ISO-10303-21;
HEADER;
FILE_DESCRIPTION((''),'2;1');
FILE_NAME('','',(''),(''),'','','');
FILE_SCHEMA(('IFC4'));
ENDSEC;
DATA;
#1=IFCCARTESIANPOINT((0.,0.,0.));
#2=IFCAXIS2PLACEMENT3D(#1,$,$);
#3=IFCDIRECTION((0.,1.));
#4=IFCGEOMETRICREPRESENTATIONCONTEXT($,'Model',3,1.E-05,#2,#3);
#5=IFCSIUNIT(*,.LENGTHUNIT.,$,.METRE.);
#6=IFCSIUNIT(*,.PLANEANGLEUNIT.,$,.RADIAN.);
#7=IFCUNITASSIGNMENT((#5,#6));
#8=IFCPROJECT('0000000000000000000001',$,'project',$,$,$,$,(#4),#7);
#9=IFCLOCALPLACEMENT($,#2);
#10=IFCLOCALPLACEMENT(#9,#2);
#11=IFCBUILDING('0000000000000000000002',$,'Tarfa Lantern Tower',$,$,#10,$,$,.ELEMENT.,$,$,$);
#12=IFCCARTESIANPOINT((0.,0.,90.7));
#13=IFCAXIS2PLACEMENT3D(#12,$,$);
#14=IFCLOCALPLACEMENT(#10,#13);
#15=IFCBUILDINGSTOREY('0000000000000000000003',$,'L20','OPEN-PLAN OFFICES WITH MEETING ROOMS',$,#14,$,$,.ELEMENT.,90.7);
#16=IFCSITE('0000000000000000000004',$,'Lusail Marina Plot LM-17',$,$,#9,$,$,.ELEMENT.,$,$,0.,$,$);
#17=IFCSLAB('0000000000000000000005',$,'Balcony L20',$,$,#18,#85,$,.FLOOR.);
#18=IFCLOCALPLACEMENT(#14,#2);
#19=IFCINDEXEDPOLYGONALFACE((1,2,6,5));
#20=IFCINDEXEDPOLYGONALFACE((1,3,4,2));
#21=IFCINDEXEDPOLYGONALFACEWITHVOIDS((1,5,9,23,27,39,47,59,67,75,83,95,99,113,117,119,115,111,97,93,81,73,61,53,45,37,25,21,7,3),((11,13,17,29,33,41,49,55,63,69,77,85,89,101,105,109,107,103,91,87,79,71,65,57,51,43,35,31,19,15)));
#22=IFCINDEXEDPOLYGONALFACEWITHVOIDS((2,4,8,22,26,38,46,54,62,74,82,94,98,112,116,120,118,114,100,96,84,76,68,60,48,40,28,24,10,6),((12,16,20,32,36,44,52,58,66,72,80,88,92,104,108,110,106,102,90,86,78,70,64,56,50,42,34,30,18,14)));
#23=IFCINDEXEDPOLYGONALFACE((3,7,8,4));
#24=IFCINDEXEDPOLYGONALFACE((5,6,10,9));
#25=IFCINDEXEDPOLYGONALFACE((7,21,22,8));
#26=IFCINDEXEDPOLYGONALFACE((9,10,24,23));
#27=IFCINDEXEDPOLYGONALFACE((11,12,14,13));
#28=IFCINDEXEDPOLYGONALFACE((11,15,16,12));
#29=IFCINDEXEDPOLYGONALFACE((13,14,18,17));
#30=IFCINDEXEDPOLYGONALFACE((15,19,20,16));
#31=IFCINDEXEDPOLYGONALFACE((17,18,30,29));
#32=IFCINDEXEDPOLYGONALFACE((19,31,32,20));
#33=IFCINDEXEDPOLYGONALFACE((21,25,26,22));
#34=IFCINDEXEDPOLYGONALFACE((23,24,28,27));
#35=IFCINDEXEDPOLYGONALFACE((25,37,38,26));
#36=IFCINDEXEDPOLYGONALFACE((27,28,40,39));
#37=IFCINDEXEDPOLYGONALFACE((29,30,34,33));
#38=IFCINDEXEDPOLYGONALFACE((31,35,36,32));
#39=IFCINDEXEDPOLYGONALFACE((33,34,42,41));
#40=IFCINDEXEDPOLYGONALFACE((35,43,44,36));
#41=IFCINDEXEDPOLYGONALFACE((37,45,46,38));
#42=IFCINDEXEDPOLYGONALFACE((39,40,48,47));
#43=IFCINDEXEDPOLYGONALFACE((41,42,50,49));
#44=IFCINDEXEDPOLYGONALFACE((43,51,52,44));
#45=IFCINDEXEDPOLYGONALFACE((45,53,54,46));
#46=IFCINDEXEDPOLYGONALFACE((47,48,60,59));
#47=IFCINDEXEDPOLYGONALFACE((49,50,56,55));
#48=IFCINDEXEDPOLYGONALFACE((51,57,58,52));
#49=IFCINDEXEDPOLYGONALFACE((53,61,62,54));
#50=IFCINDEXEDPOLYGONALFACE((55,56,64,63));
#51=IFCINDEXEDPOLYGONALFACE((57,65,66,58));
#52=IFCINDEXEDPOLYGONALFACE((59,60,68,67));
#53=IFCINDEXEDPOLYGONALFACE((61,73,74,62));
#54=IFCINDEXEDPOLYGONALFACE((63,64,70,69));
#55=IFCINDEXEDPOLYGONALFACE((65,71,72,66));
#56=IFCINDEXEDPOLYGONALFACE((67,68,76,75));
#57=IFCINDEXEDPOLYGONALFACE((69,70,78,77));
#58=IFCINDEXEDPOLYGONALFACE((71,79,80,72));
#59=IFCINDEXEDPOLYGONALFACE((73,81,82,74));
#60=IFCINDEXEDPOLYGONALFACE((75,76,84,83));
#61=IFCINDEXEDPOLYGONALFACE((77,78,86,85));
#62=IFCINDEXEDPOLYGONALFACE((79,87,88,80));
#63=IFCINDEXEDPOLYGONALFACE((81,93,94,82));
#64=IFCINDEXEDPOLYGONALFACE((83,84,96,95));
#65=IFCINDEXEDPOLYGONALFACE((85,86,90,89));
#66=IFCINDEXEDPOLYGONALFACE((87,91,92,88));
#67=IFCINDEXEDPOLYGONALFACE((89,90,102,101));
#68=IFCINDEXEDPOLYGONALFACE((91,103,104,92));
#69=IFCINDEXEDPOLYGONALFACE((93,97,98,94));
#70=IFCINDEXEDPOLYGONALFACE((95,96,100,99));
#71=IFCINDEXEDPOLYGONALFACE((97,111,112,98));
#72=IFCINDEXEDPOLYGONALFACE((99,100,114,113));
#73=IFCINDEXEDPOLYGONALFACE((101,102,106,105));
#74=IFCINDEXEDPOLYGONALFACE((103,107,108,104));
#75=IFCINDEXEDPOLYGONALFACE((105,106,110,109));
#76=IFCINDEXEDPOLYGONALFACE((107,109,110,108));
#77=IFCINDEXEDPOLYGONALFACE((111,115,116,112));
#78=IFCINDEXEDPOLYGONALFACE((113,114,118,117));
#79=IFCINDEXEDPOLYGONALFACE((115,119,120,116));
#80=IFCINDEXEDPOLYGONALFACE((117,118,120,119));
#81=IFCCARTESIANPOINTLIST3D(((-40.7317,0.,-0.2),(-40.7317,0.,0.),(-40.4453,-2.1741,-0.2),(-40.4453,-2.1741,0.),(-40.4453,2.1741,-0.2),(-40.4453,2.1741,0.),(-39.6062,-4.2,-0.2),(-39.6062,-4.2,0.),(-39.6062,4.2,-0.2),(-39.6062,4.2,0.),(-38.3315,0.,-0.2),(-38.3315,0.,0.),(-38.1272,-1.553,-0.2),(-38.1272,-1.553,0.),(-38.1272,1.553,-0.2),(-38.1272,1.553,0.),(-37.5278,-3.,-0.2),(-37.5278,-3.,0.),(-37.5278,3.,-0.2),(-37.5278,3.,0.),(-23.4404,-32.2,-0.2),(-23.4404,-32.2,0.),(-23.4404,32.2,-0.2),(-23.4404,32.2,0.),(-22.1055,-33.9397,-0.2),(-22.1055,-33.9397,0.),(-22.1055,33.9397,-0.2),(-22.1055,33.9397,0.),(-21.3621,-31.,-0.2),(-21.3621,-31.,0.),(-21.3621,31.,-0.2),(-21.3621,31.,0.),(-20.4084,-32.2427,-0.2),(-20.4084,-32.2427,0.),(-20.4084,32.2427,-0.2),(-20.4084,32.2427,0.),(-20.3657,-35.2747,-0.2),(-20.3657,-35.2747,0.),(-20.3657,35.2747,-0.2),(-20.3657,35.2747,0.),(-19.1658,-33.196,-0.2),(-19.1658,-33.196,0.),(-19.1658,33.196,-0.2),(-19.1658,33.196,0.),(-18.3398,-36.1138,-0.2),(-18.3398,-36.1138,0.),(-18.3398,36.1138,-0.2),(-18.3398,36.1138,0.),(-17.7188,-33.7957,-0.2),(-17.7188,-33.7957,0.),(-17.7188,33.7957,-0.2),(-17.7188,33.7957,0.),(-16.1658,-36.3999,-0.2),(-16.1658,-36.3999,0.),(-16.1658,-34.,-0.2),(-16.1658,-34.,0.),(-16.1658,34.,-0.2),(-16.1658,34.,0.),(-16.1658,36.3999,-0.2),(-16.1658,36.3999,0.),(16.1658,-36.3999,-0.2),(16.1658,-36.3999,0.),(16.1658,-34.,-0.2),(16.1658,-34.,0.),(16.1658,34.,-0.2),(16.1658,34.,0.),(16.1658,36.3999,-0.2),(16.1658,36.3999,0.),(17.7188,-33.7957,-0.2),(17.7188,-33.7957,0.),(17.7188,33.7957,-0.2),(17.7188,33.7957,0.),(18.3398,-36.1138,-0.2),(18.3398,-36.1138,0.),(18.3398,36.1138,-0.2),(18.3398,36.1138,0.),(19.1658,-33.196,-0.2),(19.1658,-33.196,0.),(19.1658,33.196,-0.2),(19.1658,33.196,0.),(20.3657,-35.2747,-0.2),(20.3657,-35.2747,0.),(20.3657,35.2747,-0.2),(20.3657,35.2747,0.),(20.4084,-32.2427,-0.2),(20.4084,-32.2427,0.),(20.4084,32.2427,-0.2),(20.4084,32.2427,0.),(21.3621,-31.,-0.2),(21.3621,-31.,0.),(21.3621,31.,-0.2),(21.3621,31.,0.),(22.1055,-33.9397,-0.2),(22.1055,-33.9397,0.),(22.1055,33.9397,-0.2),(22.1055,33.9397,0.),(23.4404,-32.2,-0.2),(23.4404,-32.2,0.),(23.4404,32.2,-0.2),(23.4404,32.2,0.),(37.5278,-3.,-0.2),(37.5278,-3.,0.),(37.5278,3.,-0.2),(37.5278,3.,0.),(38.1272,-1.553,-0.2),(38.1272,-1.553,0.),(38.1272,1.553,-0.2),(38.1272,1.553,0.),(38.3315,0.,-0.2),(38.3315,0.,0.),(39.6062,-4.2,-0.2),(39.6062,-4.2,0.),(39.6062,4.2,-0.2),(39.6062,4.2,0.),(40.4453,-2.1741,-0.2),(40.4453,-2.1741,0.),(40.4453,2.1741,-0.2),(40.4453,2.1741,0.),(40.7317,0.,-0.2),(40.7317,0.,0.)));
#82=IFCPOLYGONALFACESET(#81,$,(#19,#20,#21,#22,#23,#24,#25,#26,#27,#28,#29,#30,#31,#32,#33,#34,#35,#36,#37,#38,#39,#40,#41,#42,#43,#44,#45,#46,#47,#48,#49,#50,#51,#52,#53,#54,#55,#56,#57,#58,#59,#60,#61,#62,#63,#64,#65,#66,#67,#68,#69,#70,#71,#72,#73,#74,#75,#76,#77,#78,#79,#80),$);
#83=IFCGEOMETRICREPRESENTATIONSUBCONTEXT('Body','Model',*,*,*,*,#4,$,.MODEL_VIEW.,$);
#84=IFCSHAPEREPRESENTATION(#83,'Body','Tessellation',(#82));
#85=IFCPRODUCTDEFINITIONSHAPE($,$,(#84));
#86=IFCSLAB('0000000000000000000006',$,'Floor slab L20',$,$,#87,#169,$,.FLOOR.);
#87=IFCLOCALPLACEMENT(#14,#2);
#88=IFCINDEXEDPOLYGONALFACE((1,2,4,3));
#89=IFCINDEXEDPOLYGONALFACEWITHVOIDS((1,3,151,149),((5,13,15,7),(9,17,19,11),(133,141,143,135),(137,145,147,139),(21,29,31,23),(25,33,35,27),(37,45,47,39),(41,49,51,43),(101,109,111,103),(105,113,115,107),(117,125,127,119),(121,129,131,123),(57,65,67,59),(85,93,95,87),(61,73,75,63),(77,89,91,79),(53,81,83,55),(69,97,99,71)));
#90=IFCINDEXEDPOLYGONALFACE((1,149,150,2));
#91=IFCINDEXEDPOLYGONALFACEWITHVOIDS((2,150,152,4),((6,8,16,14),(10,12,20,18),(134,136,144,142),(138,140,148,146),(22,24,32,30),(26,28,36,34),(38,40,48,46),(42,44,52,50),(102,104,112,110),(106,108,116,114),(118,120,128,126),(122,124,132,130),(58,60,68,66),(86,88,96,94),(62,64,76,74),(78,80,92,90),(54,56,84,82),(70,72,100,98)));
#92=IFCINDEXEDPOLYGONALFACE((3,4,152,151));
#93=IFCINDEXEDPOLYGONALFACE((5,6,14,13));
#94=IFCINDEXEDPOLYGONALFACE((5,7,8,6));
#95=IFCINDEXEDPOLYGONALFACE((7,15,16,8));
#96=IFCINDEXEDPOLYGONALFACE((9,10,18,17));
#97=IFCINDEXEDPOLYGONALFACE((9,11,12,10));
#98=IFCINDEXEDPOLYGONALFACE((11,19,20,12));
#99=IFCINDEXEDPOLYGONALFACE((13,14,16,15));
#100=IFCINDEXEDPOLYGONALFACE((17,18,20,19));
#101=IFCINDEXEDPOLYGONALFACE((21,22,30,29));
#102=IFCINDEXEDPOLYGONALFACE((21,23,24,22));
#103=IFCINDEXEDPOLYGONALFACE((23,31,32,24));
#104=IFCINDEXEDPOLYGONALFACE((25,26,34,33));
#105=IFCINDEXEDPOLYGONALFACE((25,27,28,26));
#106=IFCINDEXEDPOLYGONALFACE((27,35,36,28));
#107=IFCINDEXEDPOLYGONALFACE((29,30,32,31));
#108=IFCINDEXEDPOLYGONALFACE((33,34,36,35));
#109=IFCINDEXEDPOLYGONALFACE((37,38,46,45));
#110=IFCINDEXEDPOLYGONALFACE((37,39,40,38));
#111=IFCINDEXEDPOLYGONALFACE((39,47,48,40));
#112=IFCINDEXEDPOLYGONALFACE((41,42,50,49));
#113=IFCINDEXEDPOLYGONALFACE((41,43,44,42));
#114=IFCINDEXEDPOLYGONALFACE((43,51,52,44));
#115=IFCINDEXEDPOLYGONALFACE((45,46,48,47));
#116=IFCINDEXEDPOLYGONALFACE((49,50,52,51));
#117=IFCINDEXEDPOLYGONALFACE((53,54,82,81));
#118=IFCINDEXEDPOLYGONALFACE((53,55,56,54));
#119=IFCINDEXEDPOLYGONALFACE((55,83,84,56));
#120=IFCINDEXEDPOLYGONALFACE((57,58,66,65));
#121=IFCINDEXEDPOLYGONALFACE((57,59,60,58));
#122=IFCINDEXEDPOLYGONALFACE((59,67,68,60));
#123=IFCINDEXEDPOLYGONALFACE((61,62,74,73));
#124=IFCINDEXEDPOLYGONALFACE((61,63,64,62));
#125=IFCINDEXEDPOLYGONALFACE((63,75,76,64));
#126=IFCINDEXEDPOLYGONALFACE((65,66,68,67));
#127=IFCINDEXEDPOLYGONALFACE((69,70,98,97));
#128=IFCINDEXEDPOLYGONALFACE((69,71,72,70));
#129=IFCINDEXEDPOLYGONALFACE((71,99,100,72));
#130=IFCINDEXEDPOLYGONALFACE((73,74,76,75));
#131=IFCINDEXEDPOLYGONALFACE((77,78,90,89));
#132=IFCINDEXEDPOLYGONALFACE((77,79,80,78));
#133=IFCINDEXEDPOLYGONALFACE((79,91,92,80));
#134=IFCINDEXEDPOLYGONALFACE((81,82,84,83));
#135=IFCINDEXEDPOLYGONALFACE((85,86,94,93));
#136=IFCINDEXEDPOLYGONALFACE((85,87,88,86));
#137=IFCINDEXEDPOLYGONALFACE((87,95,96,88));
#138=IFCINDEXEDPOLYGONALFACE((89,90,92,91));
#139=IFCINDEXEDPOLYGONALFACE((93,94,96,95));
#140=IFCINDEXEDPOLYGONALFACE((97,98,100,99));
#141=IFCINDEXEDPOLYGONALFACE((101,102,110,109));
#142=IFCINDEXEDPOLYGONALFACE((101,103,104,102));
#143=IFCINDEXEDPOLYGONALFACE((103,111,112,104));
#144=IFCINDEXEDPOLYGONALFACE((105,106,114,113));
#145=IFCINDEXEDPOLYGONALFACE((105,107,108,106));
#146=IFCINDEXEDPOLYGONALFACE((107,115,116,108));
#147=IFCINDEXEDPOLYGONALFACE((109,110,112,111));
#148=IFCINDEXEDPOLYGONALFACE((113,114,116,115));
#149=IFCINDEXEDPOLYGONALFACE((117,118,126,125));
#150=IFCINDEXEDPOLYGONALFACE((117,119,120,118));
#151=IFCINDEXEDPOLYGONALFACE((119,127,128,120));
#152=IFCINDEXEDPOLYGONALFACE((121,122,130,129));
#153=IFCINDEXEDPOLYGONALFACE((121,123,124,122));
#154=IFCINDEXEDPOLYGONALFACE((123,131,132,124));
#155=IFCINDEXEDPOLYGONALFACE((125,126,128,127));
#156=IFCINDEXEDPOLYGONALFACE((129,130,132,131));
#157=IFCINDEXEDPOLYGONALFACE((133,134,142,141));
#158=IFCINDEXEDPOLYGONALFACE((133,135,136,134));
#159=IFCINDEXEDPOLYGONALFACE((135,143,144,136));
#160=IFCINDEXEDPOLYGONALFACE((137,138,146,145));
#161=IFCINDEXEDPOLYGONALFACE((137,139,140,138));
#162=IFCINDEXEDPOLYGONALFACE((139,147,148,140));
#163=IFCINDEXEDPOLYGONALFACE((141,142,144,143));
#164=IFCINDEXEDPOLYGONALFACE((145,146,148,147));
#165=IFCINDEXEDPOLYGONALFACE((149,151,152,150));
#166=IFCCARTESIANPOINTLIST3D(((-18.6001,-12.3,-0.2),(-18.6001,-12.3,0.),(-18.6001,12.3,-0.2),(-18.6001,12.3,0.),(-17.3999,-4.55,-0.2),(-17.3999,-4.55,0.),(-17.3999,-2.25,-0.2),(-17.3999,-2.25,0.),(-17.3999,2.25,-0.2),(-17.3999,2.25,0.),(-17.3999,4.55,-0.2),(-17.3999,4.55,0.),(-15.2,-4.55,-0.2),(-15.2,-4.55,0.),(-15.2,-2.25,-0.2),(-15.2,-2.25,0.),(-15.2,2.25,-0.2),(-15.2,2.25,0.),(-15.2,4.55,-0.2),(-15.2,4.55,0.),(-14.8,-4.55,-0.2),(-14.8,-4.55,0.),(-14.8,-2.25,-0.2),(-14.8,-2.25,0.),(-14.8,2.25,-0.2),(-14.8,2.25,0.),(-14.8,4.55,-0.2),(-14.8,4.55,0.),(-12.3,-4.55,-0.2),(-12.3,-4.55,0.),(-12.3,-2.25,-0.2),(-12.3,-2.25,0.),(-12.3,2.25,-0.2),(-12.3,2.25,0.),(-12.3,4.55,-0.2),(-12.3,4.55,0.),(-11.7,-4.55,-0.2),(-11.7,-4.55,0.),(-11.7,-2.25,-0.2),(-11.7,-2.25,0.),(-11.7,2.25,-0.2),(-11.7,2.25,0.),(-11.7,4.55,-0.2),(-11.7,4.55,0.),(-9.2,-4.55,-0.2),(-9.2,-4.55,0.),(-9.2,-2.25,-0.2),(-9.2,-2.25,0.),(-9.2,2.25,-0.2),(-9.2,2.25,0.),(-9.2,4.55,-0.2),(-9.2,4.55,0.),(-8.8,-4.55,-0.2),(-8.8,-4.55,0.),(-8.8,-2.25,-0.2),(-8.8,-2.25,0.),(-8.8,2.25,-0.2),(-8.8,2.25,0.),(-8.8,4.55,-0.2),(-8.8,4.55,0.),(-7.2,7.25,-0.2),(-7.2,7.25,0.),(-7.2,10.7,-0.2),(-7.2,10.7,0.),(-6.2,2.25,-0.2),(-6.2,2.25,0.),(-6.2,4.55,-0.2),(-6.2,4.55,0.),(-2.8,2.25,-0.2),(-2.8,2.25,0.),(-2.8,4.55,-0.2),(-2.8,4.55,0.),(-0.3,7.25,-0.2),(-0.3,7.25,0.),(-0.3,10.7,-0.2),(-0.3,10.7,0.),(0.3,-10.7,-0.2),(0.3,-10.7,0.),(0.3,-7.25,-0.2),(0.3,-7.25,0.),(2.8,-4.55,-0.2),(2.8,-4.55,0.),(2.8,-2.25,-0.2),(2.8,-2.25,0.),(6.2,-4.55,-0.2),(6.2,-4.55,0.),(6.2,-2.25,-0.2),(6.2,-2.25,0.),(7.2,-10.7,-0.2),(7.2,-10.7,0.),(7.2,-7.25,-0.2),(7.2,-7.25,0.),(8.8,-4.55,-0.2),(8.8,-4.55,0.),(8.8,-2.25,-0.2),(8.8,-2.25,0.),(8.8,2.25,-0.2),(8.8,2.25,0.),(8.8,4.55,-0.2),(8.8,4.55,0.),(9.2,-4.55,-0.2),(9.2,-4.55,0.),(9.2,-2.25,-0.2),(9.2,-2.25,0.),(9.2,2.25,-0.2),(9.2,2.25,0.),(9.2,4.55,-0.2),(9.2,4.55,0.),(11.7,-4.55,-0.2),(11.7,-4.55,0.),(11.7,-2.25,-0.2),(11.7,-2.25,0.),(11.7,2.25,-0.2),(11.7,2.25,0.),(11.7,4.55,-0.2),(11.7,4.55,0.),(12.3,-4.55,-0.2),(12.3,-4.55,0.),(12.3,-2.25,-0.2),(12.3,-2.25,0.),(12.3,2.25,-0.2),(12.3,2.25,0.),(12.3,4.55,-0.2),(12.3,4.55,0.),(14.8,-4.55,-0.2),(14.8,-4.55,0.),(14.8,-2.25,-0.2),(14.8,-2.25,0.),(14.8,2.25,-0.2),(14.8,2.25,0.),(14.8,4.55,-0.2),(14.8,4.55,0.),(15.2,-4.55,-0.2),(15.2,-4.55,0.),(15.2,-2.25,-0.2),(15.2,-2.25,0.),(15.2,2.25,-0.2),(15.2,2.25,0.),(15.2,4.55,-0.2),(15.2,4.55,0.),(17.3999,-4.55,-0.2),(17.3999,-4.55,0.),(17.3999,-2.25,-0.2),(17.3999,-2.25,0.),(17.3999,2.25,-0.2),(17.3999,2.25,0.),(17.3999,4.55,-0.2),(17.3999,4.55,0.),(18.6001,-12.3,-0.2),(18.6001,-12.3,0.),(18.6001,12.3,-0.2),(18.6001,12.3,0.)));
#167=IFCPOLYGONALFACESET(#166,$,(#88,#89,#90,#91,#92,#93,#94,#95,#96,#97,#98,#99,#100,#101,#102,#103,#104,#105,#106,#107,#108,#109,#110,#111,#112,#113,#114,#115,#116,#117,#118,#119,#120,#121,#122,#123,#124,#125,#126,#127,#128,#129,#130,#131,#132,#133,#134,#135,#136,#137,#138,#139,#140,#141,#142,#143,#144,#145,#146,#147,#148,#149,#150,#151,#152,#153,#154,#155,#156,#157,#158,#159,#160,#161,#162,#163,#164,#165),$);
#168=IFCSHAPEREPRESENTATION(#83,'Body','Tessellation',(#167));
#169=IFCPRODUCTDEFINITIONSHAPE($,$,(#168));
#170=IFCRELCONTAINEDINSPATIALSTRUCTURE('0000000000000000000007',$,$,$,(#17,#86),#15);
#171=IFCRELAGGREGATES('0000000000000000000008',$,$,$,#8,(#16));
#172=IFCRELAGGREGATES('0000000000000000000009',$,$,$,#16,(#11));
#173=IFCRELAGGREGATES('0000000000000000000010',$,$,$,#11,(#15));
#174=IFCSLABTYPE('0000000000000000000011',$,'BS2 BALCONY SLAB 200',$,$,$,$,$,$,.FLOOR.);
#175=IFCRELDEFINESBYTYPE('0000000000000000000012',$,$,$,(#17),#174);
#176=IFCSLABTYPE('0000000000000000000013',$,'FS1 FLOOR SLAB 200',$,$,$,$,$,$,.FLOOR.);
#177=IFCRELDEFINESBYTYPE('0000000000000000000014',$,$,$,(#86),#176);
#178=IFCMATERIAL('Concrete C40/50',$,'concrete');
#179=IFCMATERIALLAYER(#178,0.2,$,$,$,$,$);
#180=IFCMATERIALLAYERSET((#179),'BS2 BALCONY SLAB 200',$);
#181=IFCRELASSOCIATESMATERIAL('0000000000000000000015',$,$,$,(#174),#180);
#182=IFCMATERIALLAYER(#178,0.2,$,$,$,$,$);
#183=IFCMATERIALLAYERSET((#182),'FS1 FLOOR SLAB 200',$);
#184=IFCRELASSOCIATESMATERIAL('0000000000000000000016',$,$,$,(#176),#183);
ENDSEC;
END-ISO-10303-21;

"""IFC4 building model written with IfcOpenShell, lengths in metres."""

from ifc_helpers import new_model, si_unit, direction, frame, origin, place, context, subcontext, project, spatial, polyline, outline, extrude, material, layer, layer_set, type_object, element, save


model = new_model("IFC4")

# Units and contexts
model_context = context("Model", 3, precision=1e-05, world=origin(), true_north=direction((0.0, 1.0)))
body_context = subcontext(model_context, "Body", "Model", "MODEL_VIEW")
ifc_project = project(units=[si_unit("LENGTHUNIT", "METRE"), si_unit("PLANEANGLEUNIT", "RADIAN")], contexts=[model_context])

# Site, building, storey
site_placement = place(None, origin())
site = spatial("IfcSite", under=ifc_project, at=site_placement, Name="Lusail Marina Plot LM-17", CompositionType="ELEMENT", RefElevation=0.0)
building_placement = place(site_placement, origin())
building = spatial("IfcBuilding", under=site, at=building_placement, Name="Tarfa Lantern Tower", CompositionType="ELEMENT")
storey_placement = place(building_placement, frame((0.0, 0.0, 90.7)))
storey = spatial("IfcBuildingStorey", under=building, at=storey_placement, Name="L20", Description="OPEN-PLAN OFFICES WITH MEETING ROOMS", CompositionType="ELEMENT", Elevation=90.7)

# Slabs
ifc_material_1 = material(Name="Concrete C40/50", Category="concrete")
ifc_layer_1 = layer(ifc_material_1, 0.2)
ifc_layer_set_1 = layer_set([ifc_layer_1], Name="BS2 BALCONY SLAB 200")
slab_type_1 = type_object("IfcSlabType", Name="BS2 BALCONY SLAB 200", PredefinedType="FLOOR", material=ifc_layer_set_1)
slab_1_placement = place(storey_placement, frame((0.0, 0.0, -0.2)))
element("IfcSlab", 1, at=slab_1_placement, inside=storey, type_object=slab_type_1, Name="Balcony L20", PredefinedType="FLOOR", context=body_context, shape_type="SweptSolid", body=[
    extrude(outline(polyline([(39.6062, 4.2), (23.4404, 32.2), (22.1055, 33.9397), (20.3657, 35.2747), (18.3398, 36.1138), (16.1658, 36.3999), (-16.1658, 36.3999), (-18.3398, 36.1138), (-20.3657, 35.2747), (-22.1055, 33.9397), (-23.4404, 32.2), (-39.6062, 4.2), (-40.4453, 2.1741), (-40.7317, 0.0), (-40.4453, -2.1741), (-39.6062, -4.2), (-23.4404, -32.2), (-22.1055, -33.9397), (-20.3657, -35.2747), (-18.3398, -36.1138), (-16.1658, -36.3999), (16.1658, -36.3999), (18.3398, -36.1138), (20.3657, -35.2747), (22.1055, -33.9397), (23.4404, -32.2), (39.6062, -4.2), (40.4453, -2.1741), (40.7317, 0.0), (40.4453, 2.1741), (39.6062, 4.2)]), holes=[polyline([(37.5278, 3.0), (21.3621, 31.0), (20.4084, 32.2427), (19.1658, 33.196), (17.7188, 33.7957), (16.1658, 34.0), (-16.1658, 34.0), (-17.7188, 33.7957), (-19.1658, 33.196), (-20.4084, 32.2427), (-21.3621, 31.0), (-37.5278, 3.0), (-38.1272, 1.553), (-38.3315, 0.0), (-38.1272, -1.553), (-37.5278, -3.0), (-21.3621, -31.0), (-20.4084, -32.2427), (-19.1658, -33.196), (-17.7188, -33.7957), (-16.1658, -34.0), (16.1658, -34.0), (17.7188, -33.7957), (19.1658, -33.196), (20.4084, -32.2427), (21.3621, -31.0), (37.5278, -3.0), (38.1272, -1.553), (38.3315, 0.0), (38.1272, 1.553), (37.5278, 3.0)])]), origin(), (0.0, 0.0, 1.0), 0.2),
])
ifc_layer_2 = layer(ifc_material_1, 0.2)
ifc_layer_set_2 = layer_set([ifc_layer_2], Name="FS1 FLOOR SLAB 200")
slab_type_2 = type_object("IfcSlabType", Name="FS1 FLOOR SLAB 200", PredefinedType="FLOOR", material=ifc_layer_set_2)
slab_2_placement = place(storey_placement, frame((0.0, 0.0, -0.2)))
element("IfcSlab", 2, at=slab_2_placement, inside=storey, type_object=slab_type_2, Name="Floor slab L20", PredefinedType="FLOOR", context=body_context, shape_type="SweptSolid", body=[
    extrude(outline(polyline([(-18.6001, -12.3), (18.6001, -12.3), (18.6001, 12.3), (-18.6001, 12.3), (-18.6001, -12.3)]), holes=[polyline([(-17.3999, 2.25), (-15.2, 2.25), (-15.2, 4.55), (-17.3999, 4.55), (-17.3999, 2.25)]), polyline([(-14.8, 2.25), (-12.3, 2.25), (-12.3, 4.55), (-14.8, 4.55), (-14.8, 2.25)]), polyline([(-11.7, 2.25), (-9.2, 2.25), (-9.2, 4.55), (-11.7, 4.55), (-11.7, 2.25)]), polyline([(-8.8, 2.25), (-6.2, 2.25), (-6.2, 4.55), (-8.8, 4.55), (-8.8, 2.25)]), polyline([(-2.8, 2.25), (8.8, 2.25), (8.8, 4.55), (-2.8, 4.55), (-2.8, 2.25)]), polyline([(9.2, 2.25), (11.7, 2.25), (11.7, 4.55), (9.2, 4.55), (9.2, 2.25)]), polyline([(12.3, 2.25), (14.8, 2.25), (14.8, 4.55), (12.3, 4.55), (12.3, 2.25)]), polyline([(15.2, 2.25), (17.3999, 2.25), (17.3999, 4.55), (15.2, 4.55), (15.2, 2.25)]), polyline([(17.3999, -2.25), (15.2, -2.25), (15.2, -4.55), (17.3999, -4.55), (17.3999, -2.25)]), polyline([(14.8, -2.25), (12.3, -2.25), (12.3, -4.55), (14.8, -4.55), (14.8, -2.25)]), polyline([(11.7, -2.25), (9.2, -2.25), (9.2, -4.55), (11.7, -4.55), (11.7, -2.25)]), polyline([(8.8, -2.25), (6.2, -2.25), (6.2, -4.55), (8.8, -4.55), (8.8, -2.25)]), polyline([(2.8, -2.25), (-8.8, -2.25), (-8.8, -4.55), (2.8, -4.55), (2.8, -2.25)]), polyline([(-9.2, -2.25), (-11.7, -2.25), (-11.7, -4.55), (-9.2, -4.55), (-9.2, -2.25)]), polyline([(-12.3, -2.25), (-14.8, -2.25), (-14.8, -4.55), (-12.3, -4.55), (-12.3, -2.25)]), polyline([(-15.2, -2.25), (-17.3999, -2.25), (-17.3999, -4.55), (-15.2, -4.55), (-15.2, -2.25)]), polyline([(-7.2, 7.25), (-0.3, 7.25), (-0.3, 10.7), (-7.2, 10.7), (-7.2, 7.25)]), polyline([(7.2, -7.25), (0.3, -7.25), (0.3, -10.7), (7.2, -10.7), (7.2, -7.25)])]), origin(), (0.0, 0.0, 1.0), 0.2),
])

save(model, "model.ifc")
